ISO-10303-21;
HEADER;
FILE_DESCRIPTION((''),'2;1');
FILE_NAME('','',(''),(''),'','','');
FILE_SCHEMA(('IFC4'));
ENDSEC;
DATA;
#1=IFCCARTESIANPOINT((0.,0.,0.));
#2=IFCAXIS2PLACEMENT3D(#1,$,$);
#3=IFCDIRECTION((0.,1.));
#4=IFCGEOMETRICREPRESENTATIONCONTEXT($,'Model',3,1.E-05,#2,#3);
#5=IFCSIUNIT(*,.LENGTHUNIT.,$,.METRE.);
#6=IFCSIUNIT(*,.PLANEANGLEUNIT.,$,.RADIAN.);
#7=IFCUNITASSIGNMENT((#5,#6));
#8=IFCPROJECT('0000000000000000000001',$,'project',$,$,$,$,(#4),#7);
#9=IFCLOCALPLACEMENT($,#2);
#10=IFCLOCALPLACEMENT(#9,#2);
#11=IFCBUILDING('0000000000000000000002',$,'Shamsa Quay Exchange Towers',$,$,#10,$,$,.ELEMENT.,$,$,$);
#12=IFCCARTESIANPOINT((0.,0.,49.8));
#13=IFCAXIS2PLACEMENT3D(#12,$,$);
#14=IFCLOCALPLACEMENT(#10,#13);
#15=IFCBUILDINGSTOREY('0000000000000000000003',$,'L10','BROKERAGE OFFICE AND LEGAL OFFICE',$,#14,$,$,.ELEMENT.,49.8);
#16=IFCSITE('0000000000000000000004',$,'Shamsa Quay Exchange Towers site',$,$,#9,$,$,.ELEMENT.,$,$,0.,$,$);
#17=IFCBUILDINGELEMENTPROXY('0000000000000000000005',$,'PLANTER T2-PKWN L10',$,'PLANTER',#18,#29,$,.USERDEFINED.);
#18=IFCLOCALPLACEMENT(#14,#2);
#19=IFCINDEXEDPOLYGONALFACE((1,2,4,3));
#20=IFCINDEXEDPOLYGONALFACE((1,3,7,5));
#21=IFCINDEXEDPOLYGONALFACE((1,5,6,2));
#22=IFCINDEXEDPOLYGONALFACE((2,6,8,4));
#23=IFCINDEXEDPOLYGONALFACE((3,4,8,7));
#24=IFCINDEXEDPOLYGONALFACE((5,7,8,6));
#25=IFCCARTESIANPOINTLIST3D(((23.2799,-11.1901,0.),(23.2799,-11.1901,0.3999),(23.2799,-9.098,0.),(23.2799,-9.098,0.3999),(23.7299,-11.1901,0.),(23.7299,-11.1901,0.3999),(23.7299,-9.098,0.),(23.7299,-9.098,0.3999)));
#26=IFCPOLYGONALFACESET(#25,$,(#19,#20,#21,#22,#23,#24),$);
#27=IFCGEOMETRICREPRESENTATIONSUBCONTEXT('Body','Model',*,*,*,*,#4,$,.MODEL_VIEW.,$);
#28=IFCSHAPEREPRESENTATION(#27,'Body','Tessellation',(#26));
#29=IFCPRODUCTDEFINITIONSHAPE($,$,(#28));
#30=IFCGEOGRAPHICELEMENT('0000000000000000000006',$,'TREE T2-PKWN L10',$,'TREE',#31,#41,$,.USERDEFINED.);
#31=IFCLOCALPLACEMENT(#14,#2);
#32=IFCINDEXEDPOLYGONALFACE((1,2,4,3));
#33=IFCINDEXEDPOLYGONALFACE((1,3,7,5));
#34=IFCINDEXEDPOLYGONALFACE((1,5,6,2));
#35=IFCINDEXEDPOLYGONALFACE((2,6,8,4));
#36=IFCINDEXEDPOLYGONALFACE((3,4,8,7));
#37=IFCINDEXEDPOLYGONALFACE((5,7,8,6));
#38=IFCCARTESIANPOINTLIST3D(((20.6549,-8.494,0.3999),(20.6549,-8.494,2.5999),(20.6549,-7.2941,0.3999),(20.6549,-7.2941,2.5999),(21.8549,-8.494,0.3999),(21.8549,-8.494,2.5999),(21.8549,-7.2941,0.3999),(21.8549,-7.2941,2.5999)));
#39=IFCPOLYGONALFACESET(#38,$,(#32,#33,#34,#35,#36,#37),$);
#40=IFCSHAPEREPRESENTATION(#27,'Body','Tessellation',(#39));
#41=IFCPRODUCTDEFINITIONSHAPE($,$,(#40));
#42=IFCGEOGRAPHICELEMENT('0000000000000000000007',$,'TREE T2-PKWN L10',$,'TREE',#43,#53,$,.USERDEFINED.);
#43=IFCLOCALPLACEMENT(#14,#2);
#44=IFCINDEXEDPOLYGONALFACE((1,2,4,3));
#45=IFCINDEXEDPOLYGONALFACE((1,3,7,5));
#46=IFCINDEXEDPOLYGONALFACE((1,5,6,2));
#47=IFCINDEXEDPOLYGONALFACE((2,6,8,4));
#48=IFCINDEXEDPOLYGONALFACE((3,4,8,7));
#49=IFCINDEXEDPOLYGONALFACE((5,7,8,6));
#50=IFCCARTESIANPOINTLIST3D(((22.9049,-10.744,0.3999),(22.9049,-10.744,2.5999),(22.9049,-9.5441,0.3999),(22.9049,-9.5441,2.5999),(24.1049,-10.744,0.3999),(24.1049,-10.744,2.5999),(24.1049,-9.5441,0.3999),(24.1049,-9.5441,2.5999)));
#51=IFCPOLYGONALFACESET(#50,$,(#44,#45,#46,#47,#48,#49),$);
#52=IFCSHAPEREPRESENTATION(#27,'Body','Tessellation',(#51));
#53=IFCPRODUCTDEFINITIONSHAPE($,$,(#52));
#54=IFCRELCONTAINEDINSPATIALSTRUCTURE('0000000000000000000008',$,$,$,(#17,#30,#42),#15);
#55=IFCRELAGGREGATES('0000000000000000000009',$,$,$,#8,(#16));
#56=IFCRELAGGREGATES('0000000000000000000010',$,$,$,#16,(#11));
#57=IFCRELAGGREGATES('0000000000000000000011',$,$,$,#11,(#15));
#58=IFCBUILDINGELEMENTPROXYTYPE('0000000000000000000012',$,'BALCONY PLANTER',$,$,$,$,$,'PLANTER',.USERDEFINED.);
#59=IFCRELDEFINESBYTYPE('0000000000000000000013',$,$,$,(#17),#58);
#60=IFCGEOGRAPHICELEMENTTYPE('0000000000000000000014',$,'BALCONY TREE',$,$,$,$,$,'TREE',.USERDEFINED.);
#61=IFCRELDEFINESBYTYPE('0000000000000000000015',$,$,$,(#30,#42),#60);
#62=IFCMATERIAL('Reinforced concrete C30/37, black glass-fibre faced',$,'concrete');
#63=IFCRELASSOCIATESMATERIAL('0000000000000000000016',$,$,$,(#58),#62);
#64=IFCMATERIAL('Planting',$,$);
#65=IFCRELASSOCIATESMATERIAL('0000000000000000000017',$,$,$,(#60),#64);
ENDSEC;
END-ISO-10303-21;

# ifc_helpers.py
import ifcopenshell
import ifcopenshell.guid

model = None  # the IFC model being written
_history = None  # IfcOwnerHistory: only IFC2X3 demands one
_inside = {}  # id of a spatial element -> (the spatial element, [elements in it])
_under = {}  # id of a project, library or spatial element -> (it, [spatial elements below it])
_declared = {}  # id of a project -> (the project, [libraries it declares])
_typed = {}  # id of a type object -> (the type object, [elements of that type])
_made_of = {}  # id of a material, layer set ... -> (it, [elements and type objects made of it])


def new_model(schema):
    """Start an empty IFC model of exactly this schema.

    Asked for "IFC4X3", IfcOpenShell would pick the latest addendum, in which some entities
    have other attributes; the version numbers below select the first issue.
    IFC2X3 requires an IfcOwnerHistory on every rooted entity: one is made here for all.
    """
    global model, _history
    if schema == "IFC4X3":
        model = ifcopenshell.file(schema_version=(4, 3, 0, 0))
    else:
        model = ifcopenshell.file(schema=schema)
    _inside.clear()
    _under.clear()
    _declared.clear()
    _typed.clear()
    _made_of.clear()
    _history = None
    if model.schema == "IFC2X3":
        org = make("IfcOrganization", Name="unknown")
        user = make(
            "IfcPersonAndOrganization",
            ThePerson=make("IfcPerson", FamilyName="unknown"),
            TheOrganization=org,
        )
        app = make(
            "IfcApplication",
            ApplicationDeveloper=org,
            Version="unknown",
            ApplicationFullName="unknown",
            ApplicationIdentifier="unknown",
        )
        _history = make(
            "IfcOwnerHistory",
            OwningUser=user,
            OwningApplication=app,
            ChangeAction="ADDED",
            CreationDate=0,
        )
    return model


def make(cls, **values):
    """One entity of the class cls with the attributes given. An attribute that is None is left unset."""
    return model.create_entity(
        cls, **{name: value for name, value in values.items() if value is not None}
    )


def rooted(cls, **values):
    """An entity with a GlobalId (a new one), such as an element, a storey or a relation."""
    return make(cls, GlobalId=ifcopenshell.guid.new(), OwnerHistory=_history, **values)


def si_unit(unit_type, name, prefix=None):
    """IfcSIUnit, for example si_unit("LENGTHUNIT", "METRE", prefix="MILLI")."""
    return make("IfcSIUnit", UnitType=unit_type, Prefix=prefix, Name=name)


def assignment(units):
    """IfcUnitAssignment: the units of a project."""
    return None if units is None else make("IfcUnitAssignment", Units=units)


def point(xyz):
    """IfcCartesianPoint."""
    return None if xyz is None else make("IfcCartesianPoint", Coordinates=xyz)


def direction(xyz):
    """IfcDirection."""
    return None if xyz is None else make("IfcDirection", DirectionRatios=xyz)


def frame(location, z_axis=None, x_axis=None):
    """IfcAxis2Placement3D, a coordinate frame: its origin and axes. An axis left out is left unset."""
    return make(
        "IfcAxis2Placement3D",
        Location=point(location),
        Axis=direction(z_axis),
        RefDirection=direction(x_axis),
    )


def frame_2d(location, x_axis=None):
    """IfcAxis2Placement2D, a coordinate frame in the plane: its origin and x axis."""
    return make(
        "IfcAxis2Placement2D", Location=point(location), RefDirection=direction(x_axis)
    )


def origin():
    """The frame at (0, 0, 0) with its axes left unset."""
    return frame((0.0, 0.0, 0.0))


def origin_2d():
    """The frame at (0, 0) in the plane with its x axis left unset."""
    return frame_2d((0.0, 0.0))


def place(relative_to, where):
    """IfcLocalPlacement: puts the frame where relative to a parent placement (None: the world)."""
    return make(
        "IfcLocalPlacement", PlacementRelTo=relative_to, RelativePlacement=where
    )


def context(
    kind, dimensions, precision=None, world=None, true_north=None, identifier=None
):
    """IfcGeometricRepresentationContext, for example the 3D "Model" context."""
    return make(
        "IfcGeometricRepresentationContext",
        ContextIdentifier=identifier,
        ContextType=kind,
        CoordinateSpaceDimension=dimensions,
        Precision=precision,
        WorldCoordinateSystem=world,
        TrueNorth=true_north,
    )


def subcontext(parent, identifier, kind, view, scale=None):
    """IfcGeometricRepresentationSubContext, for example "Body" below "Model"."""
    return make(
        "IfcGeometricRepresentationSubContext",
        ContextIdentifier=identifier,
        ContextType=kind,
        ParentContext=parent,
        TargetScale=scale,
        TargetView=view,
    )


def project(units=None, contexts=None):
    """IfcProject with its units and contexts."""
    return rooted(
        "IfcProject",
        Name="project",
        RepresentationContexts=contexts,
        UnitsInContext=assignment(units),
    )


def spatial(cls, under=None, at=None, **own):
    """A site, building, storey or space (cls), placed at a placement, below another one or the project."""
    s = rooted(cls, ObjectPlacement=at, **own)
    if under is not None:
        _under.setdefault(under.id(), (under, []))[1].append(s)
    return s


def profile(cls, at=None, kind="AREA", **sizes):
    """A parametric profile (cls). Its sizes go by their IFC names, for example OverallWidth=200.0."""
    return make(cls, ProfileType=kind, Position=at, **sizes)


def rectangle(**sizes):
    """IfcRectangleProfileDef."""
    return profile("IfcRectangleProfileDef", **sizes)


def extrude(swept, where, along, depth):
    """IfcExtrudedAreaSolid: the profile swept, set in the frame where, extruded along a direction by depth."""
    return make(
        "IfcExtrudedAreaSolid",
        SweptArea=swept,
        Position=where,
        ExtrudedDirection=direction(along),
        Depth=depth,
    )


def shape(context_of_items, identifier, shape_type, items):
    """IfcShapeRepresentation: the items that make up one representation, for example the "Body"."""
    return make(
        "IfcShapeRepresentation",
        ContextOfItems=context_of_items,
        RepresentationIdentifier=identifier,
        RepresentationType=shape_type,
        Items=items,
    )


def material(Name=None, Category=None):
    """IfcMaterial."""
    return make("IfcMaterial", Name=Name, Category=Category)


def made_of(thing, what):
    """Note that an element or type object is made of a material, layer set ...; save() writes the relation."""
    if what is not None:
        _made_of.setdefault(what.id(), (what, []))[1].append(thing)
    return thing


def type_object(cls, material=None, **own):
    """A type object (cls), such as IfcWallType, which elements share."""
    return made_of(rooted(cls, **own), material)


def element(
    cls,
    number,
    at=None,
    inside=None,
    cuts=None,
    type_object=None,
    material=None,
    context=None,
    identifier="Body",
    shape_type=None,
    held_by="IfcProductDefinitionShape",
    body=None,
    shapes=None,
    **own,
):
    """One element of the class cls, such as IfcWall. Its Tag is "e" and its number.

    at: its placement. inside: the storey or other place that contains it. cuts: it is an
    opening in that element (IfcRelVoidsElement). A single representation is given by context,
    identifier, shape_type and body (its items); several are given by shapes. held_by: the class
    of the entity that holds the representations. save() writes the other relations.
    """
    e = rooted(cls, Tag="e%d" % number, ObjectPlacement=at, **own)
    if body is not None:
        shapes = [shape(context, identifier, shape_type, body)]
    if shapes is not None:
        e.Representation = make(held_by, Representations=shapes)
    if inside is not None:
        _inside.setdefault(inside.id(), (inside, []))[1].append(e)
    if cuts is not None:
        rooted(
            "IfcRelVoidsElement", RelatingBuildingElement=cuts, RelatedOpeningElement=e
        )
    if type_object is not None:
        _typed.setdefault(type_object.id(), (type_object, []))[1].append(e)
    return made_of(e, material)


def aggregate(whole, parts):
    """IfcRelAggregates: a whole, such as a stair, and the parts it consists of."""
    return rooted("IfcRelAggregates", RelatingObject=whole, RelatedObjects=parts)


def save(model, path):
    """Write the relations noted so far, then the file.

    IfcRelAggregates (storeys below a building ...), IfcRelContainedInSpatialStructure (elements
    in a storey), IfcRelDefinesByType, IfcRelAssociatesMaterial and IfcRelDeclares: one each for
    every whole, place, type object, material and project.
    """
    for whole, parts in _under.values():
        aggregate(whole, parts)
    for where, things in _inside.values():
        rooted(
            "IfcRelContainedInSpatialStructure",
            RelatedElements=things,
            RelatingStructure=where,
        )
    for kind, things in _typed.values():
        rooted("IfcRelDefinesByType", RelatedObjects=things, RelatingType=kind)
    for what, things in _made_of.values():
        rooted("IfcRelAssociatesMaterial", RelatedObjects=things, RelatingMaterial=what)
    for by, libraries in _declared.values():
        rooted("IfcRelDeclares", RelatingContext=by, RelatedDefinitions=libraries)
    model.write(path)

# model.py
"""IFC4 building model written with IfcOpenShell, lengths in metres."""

from ifc_helpers import new_model, si_unit, direction, frame, origin, origin_2d, place, context, subcontext, project, spatial, rectangle, extrude, material, type_object, element, save


model = new_model("IFC4")

# Units and contexts
model_context = context("Model", 3, precision=1e-05, world=origin(), true_north=direction((0.0, 1.0)))
body_context = subcontext(model_context, "Body", "Model", "MODEL_VIEW")
ifc_project = project(units=[si_unit("LENGTHUNIT", "METRE"), si_unit("PLANEANGLEUNIT", "RADIAN")], contexts=[model_context])

# Site, building, storey
site_placement = place(None, origin())
site = spatial("IfcSite", under=ifc_project, at=site_placement, Name="Shamsa Quay Exchange Towers site", CompositionType="ELEMENT", RefElevation=0.0)
building_placement = place(site_placement, origin())
building = spatial("IfcBuilding", under=site, at=building_placement, Name="Shamsa Quay Exchange Towers", CompositionType="ELEMENT")
storey_placement = place(building_placement, frame((0.0, 0.0, 49.8)))
storey = spatial("IfcBuildingStorey", under=building, at=storey_placement, Name="L10", Description="BROKERAGE OFFICE AND LEGAL OFFICE", CompositionType="ELEMENT", Elevation=49.8)

# Building element proxy
ifc_material_1 = material(Name="Reinforced concrete C30/37, black glass-fibre faced", Category="concrete")
building_element_proxy_type = type_object("IfcBuildingElementProxyType", Name="BALCONY PLANTER", ElementType="PLANTER", PredefinedType="USERDEFINED", material=ifc_material_1)
for number, where, z_axis, x_axis, name in (
    (1, (23.5049, -10.144, 0.0), (0.0, 0.0, 1.0), (0.0, -1.0, 0.0), "PLANTER T2-PKWN L10"),
):
    element("IfcBuildingElementProxy", number, at=place(storey_placement, frame(where, z_axis=z_axis, x_axis=x_axis)), inside=storey, type_object=building_element_proxy_type, Name=name, ObjectType="PLANTER", PredefinedType="USERDEFINED", context=body_context, shape_type="SweptSolid", body=[
        extrude(rectangle(XDim=2.092, YDim=0.45, at=origin_2d()), origin(), (0.0, 0.0, 1.0), 0.3999),
    ])

# Geographic elements
ifc_material_2 = material(Name="Planting")
geographic_element_type = type_object("IfcGeographicElementType", Name="BALCONY TREE", ElementType="TREE", PredefinedType="USERDEFINED", material=ifc_material_2)
for number, where, z_axis, x_axis, name in (
    (2, (21.2549, -7.894, 0.3999), (0.0, 0.0, 1.0), (0.0, -1.0, 0.0), "TREE T2-PKWN L10"),
    (3, (23.5049, -10.144, 0.3999), (0.0, 0.0, 1.0), (0.0, -1.0, 0.0), "TREE T2-PKWN L10"),
):
    element("IfcGeographicElement", number, at=place(storey_placement, frame(where, z_axis=z_axis, x_axis=x_axis)), inside=storey, type_object=geographic_element_type, Name=name, ObjectType="TREE", PredefinedType="USERDEFINED", context=body_context, shape_type="SweptSolid", body=[
        extrude(rectangle(XDim=1.2, YDim=1.2, at=origin_2d()), origin(), (0.0, 0.0, 1.0), 2.2),
    ])

save(model, "model.ifc")
